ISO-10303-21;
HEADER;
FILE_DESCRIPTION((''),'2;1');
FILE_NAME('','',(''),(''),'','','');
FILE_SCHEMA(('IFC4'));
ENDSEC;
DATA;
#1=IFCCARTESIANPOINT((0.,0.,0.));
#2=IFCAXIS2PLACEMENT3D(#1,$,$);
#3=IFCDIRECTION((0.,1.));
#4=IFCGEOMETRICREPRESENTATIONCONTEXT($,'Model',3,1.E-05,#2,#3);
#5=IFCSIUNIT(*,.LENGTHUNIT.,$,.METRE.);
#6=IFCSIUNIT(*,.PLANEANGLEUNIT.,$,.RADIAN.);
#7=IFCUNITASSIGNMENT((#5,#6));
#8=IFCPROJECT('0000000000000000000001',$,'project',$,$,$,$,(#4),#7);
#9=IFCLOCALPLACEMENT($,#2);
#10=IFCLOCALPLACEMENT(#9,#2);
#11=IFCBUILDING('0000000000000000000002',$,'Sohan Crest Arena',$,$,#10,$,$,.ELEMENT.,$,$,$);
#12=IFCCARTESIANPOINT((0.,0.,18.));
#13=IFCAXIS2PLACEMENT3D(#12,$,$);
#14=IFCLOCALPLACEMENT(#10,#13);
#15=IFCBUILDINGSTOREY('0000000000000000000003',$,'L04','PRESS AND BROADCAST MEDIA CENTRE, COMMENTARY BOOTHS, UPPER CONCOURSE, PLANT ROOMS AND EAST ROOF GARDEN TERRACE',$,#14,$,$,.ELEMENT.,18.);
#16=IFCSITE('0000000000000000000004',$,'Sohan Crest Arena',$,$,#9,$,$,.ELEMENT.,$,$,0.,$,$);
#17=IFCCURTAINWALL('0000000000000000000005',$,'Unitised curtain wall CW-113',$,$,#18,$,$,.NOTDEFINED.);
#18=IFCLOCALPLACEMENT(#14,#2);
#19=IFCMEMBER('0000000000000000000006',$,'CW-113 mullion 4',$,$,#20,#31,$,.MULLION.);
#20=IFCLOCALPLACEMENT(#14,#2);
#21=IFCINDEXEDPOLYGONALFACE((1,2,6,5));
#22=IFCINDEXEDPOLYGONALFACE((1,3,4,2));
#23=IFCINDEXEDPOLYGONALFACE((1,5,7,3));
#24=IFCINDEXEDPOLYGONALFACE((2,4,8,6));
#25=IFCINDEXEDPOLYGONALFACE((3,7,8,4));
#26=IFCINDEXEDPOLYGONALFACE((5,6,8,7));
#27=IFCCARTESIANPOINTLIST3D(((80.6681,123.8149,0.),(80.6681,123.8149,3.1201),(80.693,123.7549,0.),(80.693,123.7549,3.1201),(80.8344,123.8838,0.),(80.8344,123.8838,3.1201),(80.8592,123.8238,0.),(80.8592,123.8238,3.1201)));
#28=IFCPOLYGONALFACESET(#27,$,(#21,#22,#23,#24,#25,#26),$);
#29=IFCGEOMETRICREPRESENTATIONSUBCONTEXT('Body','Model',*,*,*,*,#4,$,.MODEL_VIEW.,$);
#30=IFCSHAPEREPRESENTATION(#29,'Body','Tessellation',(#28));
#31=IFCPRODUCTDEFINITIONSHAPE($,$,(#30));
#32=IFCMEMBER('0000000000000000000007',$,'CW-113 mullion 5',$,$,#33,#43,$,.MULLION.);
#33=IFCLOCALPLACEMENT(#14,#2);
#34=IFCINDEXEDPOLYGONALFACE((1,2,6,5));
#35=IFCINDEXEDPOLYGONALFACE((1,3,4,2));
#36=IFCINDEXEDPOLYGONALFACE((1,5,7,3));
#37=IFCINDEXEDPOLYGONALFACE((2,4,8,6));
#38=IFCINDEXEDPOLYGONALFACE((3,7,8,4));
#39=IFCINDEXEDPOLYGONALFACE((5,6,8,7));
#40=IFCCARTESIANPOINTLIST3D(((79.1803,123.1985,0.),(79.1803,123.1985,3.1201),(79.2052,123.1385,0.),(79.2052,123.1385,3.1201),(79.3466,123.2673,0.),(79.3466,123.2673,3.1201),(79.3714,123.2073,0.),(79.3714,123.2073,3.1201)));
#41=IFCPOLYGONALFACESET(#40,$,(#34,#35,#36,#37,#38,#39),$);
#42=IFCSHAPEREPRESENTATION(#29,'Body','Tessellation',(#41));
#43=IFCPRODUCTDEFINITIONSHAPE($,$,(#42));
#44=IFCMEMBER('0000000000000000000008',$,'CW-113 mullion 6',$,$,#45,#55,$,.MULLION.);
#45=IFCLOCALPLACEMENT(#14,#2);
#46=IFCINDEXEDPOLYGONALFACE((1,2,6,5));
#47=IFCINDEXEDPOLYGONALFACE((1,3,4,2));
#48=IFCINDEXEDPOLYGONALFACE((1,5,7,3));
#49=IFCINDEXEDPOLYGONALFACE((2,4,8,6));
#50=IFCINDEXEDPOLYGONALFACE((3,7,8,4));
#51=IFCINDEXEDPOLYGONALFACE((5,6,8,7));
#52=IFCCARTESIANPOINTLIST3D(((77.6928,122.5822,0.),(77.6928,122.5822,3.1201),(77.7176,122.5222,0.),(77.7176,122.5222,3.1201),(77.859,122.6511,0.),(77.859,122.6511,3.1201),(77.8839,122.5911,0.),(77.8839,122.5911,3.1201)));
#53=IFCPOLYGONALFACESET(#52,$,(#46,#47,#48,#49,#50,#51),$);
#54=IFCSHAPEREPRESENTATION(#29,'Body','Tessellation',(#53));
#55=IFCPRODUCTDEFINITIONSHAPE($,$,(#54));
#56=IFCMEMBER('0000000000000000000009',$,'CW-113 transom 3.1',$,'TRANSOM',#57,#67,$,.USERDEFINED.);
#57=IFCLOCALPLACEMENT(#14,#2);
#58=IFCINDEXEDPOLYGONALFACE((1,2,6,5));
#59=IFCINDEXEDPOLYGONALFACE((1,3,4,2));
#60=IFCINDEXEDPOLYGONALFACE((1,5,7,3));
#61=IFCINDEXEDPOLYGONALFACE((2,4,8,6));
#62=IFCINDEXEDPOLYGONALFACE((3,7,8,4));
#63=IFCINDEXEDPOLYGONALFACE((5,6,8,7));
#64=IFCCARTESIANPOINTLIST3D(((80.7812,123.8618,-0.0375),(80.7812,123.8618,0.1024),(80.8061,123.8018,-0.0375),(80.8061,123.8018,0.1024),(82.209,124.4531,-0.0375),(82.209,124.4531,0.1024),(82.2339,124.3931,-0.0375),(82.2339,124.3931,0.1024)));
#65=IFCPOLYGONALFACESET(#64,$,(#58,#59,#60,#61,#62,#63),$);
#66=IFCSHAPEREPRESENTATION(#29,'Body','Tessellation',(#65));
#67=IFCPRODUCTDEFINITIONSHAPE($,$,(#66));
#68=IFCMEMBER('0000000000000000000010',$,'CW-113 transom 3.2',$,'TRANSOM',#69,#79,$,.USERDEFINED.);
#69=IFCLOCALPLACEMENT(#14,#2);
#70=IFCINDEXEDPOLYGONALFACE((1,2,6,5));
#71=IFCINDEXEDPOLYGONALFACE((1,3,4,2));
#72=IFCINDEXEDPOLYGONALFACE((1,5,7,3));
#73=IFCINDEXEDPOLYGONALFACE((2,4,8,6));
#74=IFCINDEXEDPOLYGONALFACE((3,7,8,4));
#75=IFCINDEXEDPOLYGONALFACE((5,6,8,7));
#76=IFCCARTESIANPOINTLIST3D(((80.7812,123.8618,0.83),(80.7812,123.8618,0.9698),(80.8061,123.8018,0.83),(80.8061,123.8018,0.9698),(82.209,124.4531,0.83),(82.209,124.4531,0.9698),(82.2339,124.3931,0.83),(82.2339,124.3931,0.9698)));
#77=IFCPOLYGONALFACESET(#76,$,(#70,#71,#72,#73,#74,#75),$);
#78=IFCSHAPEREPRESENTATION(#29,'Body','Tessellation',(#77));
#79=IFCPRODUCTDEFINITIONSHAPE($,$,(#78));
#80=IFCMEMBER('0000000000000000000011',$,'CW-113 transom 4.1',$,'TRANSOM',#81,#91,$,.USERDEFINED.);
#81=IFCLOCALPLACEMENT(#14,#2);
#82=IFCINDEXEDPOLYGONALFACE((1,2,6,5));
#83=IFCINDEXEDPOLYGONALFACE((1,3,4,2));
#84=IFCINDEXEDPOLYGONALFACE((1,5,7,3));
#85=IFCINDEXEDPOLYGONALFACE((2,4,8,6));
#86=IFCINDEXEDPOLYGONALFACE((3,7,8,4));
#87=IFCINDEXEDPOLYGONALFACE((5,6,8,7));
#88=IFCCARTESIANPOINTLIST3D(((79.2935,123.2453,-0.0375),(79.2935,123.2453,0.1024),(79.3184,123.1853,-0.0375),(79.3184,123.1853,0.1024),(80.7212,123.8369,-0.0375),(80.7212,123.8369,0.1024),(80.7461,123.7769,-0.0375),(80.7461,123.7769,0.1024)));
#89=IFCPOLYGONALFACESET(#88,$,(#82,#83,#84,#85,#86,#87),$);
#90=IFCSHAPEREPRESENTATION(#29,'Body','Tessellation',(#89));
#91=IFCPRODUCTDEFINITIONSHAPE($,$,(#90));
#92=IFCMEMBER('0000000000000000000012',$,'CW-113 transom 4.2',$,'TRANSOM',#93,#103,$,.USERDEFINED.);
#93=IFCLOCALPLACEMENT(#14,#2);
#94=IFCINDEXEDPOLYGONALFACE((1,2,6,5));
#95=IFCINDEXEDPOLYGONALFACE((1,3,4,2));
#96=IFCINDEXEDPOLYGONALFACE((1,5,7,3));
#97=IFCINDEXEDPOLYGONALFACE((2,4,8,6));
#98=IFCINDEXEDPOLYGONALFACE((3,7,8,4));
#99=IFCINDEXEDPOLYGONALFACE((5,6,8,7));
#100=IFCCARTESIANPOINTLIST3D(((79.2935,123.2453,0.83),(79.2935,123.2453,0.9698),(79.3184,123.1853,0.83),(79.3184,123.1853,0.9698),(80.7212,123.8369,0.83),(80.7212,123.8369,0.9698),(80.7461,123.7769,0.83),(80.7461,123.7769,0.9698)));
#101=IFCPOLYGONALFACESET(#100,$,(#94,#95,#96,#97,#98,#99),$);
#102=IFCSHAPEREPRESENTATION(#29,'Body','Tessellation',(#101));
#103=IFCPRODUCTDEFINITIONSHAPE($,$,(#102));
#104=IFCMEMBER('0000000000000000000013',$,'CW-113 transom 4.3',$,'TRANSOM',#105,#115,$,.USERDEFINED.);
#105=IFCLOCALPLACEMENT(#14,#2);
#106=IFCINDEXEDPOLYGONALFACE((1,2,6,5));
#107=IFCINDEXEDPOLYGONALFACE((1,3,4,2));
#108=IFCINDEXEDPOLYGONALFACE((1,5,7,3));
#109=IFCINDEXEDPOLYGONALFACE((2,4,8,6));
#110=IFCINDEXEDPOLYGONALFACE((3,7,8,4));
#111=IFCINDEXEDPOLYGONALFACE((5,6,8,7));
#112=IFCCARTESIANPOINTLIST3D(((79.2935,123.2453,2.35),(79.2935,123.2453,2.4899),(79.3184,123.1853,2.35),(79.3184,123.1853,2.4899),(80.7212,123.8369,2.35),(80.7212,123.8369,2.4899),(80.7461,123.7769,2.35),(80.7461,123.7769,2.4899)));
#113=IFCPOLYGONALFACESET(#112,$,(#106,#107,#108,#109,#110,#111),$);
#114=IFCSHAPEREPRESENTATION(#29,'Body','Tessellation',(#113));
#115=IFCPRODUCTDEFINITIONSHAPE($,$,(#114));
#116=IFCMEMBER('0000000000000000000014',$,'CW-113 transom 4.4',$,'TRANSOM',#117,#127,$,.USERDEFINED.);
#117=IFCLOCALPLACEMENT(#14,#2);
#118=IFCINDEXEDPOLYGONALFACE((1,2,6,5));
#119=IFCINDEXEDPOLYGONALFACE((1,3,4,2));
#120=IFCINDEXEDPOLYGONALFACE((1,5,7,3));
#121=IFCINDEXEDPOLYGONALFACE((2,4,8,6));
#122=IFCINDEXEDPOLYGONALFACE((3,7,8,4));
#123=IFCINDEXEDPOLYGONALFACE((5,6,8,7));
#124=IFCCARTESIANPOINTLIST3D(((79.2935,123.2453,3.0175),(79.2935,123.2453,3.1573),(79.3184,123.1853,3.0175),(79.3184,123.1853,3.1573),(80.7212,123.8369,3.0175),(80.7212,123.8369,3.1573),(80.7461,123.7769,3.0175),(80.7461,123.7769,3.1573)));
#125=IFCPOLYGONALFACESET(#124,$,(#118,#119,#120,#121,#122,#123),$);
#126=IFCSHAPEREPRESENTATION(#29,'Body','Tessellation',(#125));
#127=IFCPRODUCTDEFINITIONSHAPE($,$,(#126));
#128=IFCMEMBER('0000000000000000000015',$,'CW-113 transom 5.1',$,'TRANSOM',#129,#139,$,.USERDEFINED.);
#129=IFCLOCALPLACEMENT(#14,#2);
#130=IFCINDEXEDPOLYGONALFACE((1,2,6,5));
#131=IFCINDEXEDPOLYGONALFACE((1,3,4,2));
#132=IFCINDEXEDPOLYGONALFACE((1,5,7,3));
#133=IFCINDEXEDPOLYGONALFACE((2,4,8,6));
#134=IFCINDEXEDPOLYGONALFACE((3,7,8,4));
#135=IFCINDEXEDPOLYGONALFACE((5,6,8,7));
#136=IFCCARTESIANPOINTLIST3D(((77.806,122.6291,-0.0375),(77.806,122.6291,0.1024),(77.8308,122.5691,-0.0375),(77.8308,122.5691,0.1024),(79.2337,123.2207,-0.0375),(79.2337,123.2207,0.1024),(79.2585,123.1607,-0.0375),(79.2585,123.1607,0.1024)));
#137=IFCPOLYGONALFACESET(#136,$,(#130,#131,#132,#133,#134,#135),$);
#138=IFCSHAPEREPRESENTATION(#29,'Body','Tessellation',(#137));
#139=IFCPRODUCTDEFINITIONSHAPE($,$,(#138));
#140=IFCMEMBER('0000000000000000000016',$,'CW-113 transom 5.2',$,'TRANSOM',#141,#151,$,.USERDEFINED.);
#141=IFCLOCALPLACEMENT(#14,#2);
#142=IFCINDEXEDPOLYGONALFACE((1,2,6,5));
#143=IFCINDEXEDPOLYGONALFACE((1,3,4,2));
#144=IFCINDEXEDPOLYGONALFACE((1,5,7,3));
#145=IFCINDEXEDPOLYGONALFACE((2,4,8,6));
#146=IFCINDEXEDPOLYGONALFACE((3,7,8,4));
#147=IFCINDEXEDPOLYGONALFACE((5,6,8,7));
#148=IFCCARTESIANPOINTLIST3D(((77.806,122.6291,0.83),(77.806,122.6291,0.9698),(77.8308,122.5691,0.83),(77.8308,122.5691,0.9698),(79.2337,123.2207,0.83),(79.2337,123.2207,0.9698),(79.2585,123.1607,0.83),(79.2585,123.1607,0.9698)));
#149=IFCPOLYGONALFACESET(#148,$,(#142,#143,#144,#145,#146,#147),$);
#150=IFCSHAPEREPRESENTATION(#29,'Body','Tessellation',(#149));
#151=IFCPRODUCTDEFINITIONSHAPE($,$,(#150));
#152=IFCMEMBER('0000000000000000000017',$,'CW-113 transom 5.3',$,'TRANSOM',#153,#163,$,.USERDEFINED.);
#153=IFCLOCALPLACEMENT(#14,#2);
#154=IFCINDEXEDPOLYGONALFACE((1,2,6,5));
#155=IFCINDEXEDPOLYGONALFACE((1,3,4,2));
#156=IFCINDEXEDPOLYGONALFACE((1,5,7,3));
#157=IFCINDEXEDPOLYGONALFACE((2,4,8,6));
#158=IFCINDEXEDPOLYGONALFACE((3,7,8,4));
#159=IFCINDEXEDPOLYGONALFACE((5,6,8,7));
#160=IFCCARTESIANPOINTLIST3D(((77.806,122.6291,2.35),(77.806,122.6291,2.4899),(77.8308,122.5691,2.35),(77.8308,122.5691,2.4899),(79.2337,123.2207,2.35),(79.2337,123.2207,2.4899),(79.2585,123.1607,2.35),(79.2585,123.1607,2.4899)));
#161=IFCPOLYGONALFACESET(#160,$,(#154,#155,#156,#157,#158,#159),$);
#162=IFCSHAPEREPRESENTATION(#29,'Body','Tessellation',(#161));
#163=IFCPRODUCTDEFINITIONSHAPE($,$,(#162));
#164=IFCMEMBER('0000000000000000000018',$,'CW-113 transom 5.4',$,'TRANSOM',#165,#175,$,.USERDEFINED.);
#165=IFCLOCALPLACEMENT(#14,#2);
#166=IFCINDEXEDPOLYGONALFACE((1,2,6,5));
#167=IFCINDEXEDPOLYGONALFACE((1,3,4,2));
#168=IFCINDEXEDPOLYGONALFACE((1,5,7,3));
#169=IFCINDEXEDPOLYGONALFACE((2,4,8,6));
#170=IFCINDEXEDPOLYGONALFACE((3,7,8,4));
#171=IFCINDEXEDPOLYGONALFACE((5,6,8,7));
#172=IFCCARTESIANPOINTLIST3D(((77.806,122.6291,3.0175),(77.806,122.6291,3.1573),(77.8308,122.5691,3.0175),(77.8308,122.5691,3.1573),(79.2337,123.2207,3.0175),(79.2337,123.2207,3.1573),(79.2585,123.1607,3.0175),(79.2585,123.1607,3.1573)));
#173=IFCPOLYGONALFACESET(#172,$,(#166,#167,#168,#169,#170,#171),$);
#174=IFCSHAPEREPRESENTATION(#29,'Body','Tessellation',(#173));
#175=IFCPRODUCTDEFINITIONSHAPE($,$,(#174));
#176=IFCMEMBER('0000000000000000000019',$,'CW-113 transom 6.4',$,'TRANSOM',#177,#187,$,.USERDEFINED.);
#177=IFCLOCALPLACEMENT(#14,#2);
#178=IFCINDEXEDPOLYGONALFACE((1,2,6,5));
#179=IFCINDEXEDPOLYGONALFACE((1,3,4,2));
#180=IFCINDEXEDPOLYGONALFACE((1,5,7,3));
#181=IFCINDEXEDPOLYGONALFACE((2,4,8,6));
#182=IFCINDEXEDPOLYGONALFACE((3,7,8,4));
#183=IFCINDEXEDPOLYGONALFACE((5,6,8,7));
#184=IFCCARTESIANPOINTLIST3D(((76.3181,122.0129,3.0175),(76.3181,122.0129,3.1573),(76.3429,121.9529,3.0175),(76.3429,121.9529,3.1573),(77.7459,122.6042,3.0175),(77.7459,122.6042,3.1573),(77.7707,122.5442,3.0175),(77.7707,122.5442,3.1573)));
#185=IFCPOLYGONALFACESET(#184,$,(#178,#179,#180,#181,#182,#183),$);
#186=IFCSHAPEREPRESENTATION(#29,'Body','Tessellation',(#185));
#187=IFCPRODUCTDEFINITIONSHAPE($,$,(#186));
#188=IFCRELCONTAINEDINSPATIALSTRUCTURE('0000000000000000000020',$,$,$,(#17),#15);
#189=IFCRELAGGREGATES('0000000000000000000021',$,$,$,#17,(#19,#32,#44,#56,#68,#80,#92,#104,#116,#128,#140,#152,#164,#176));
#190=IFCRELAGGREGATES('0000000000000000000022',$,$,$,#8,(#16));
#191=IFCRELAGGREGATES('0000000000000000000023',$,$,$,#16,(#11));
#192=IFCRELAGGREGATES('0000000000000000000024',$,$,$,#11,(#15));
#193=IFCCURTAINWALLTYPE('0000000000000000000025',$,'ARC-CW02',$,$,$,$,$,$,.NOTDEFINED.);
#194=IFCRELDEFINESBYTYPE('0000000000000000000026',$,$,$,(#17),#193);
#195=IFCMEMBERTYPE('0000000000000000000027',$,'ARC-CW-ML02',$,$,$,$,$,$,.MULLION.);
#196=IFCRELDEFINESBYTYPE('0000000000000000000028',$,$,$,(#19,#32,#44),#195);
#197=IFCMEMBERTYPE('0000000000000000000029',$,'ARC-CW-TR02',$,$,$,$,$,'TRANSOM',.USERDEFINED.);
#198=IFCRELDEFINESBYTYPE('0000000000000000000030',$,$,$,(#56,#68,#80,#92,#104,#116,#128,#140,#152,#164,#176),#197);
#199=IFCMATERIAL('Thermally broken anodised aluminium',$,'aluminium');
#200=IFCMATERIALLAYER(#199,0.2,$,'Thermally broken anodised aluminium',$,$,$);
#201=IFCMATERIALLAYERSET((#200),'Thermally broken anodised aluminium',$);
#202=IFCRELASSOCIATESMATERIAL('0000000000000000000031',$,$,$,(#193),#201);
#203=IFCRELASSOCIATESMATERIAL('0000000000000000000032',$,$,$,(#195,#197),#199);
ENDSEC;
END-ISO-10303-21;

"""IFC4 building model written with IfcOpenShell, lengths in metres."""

from ifc_helpers import new_model, si_unit, direction, frame, origin, origin_2d, place, context, subcontext, project, spatial, rectangle, extrude, material, layer, layer_set, material_profile, profile_set, type_object, element, aggregate, save


model = new_model("IFC4")

# Units and contexts
model_context = context("Model", 3, precision=1e-05, world=origin(), true_north=direction((0.0, 1.0)))
body_context = subcontext(model_context, "Body", "Model", "MODEL_VIEW")
ifc_project = project(units=[si_unit("LENGTHUNIT", "METRE"), si_unit("PLANEANGLEUNIT", "RADIAN")], contexts=[model_context])

# Site, building, storey
site_placement = place(None, origin())
site = spatial("IfcSite", under=ifc_project, at=site_placement, Name="Sohan Crest Arena", CompositionType="ELEMENT", RefElevation=0.0)
building_placement = place(site_placement, origin())
building = spatial("IfcBuilding", under=site, at=building_placement, Name="Sohan Crest Arena", CompositionType="ELEMENT")
storey_placement = place(building_placement, frame((0.0, 0.0, 18.0)))
storey = spatial("IfcBuildingStorey", under=building, at=storey_placement, Name="L04", Description="PRESS AND BROADCAST MEDIA CENTRE, COMMENTARY BOOTHS, UPPER CONCOURSE, PLANT ROOMS AND EAST ROOF GARDEN TERRACE", CompositionType="ELEMENT", Elevation=18.0)

# Curtain wall, members
ifc_material_1 = material(Name="Thermally broken anodised aluminium", Category="aluminium")
ifc_layer_1 = layer(ifc_material_1, 0.2, Name="Thermally broken anodised aluminium")
ifc_layer_set_1 = layer_set([ifc_layer_1], Name="Thermally broken anodised aluminium")
curtain_wall_type = type_object("IfcCurtainWallType", Name="ARC-CW02", PredefinedType="NOTDEFINED", material=ifc_layer_set_1)
curtain_wall_placement = place(storey_placement, origin())
curtain_wall = element("IfcCurtainWall", 1, at=curtain_wall_placement, inside=storey, type_object=curtain_wall_type, Name="Unitised curtain wall CW-113", PredefinedType="NOTDEFINED")
ifc_material_profile_1 = material_profile(ifc_material_1, rectangle(XDim=0.0649, YDim=0.1799, at=origin_2d()), Name="ALU-MULL 65x180")
ifc_profile_set_1 = profile_set([ifc_material_profile_1], Name="Thermally broken anodised aluminium")
member_type_1 = type_object("IfcMemberType", Name="ARC-CW-ML02", PredefinedType="MULLION", material=ifc_profile_set_1)
member_1_placement = place(storey_placement, frame((80.7637, 123.8193, 0.0), z_axis=(0.0, 0.0, 1.0), x_axis=(0.382685, -0.923879, 0.0)))
member_1 = element("IfcMember", 2, at=member_1_placement, type_object=member_type_1, Name="CW-113 mullion 4", PredefinedType="MULLION", context=body_context, shape_type="SweptSolid", body=[
    extrude(rectangle(XDim=0.0649, YDim=0.1799, at=origin_2d()), origin(), (0.0, 0.0, 1.0), 3.1201),
])
member_2_placement = place(storey_placement, frame((79.2759, 123.2029, 0.0), z_axis=(0.0, 0.0, 1.0), x_axis=(0.382685, -0.923879, 0.0)))
member_2 = element("IfcMember", 3, at=member_2_placement, type_object=member_type_1, Name="CW-113 mullion 5", PredefinedType="MULLION", context=body_context, shape_type="SweptSolid", body=[
    extrude(rectangle(XDim=0.0649, YDim=0.1799, at=origin_2d()), origin(), (0.0, 0.0, 1.0), 3.1201),
])
member_3_placement = place(storey_placement, frame((77.7883, 122.5867, 0.0), z_axis=(0.0, 0.0, 1.0), x_axis=(0.382685, -0.923879, 0.0)))
member_3 = element("IfcMember", 4, at=member_3_placement, type_object=member_type_1, Name="CW-113 mullion 6", PredefinedType="MULLION", context=body_context, shape_type="SweptSolid", body=[
    extrude(rectangle(XDim=0.0649, YDim=0.1799, at=origin_2d()), origin(), (0.0, 0.0, 1.0), 3.1201),
])
ifc_material_profile_2 = material_profile(ifc_material_1, rectangle(XDim=0.0649, YDim=0.1399, at=origin_2d()), Name="ALU-TRAN 65x140")
ifc_profile_set_2 = profile_set([ifc_material_profile_2], Name="Thermally broken anodised aluminium")
member_type_2 = type_object("IfcMemberType", Name="ARC-CW-TR02", ElementType="TRANSOM", PredefinedType="USERDEFINED", material=ifc_profile_set_2)
member_4_placement = place(storey_placement, frame((82.2214, 124.4231, 0.0325), z_axis=(-0.923897, -0.38264, 0.0), x_axis=(0.38264, -0.923897, 0.0)))
member_4 = element("IfcMember", 5, at=member_4_placement, type_object=member_type_2, Name="CW-113 transom 3.1", ObjectType="TRANSOM", PredefinedType="USERDEFINED", context=body_context, shape_type="SweptSolid", body=[
    extrude(rectangle(XDim=0.0649, YDim=0.1399, at=origin_2d()), origin(), (0.0, 0.0, 1.0), 1.5454),
])
member_5_placement = place(storey_placement, frame((82.2214, 124.4231, 0.8999), z_axis=(-0.923897, -0.38264, 0.0), x_axis=(0.38264, -0.923897, 0.0)))
member_5 = element("IfcMember", 6, at=member_5_placement, type_object=member_type_2, Name="CW-113 transom 3.2", ObjectType="TRANSOM", PredefinedType="USERDEFINED", context=body_context, shape_type="SweptSolid", body=[
    extrude(rectangle(XDim=0.0649, YDim=0.1399, at=origin_2d()), origin(), (0.0, 0.0, 1.0), 1.5454),
])
member_6_placement = place(storey_placement, frame((80.7336, 123.8069, 0.0325), z_axis=(-0.923842, -0.382775, 0.0), x_axis=(0.382775, -0.923842, 0.0)))
member_6 = element("IfcMember", 7, at=member_6_placement, type_object=member_type_2, Name="CW-113 transom 4.1", ObjectType="TRANSOM", PredefinedType="USERDEFINED", context=body_context, shape_type="SweptSolid", body=[
    extrude(rectangle(XDim=0.0649, YDim=0.1399, at=origin_2d()), origin(), (0.0, 0.0, 1.0), 1.5454),
])
member_7_placement = place(storey_placement, frame((80.7336, 123.8069, 0.8999), z_axis=(-0.923842, -0.382775, 0.0), x_axis=(0.382775, -0.923842, 0.0)))
member_7 = element("IfcMember", 8, at=member_7_placement, type_object=member_type_2, Name="CW-113 transom 4.2", ObjectType="TRANSOM", PredefinedType="USERDEFINED", context=body_context, shape_type="SweptSolid", body=[
    extrude(rectangle(XDim=0.0649, YDim=0.1399, at=origin_2d()), origin(), (0.0, 0.0, 1.0), 1.5454),
])
member_8_placement = place(storey_placement, frame((80.7336, 123.8069, 2.4199), z_axis=(-0.923842, -0.382775, 0.0), x_axis=(0.382775, -0.923842, 0.0)))
member_8 = element("IfcMember", 9, at=member_8_placement, type_object=member_type_2, Name="CW-113 transom 4.3", ObjectType="TRANSOM", PredefinedType="USERDEFINED", context=body_context, shape_type="SweptSolid", body=[
    extrude(rectangle(XDim=0.0649, YDim=0.1399, at=origin_2d()), origin(), (0.0, 0.0, 1.0), 1.5454),
])
member_9_placement = place(storey_placement, frame((80.7336, 123.8069, 3.0874), z_axis=(-0.923842, -0.382775, 0.0), x_axis=(0.382775, -0.923842, 0.0)))
member_9 = element("IfcMember", 10, at=member_9_placement, type_object=member_type_2, Name="CW-113 transom 4.4", ObjectType="TRANSOM", PredefinedType="USERDEFINED", context=body_context, shape_type="SweptSolid", body=[
    extrude(rectangle(XDim=0.0649, YDim=0.1399, at=origin_2d()), origin(), (0.0, 0.0, 1.0), 1.5454),
])
member_10_placement = place(storey_placement, frame((79.2461, 123.1907, 0.0325), z_axis=(-0.923842, -0.382775, 0.0), x_axis=(0.382775, -0.923842, 0.0)))
member_10 = element("IfcMember", 11, at=member_10_placement, type_object=member_type_2, Name="CW-113 transom 5.1", ObjectType="TRANSOM", PredefinedType="USERDEFINED", context=body_context, shape_type="SweptSolid", body=[
    extrude(rectangle(XDim=0.0649, YDim=0.1399, at=origin_2d()), origin(), (0.0, 0.0, 1.0), 1.5454),
])
member_11_placement = place(storey_placement, frame((79.2461, 123.1907, 0.8999), z_axis=(-0.923842, -0.382775, 0.0), x_axis=(0.382775, -0.923842, 0.0)))
member_11 = element("IfcMember", 12, at=member_11_placement, type_object=member_type_2, Name="CW-113 transom 5.2", ObjectType="TRANSOM", PredefinedType="USERDEFINED", context=body_context, shape_type="SweptSolid", body=[
    extrude(rectangle(XDim=0.0649, YDim=0.1399, at=origin_2d()), origin(), (0.0, 0.0, 1.0), 1.5454),
])
member_12_placement = place(storey_placement, frame((79.2461, 123.1907, 2.4199), z_axis=(-0.923842, -0.382775, 0.0), x_axis=(0.382775, -0.923842, 0.0)))
member_12 = element("IfcMember", 13, at=member_12_placement, type_object=member_type_2, Name="CW-113 transom 5.3", ObjectType="TRANSOM", PredefinedType="USERDEFINED", context=body_context, shape_type="SweptSolid", body=[
    extrude(rectangle(XDim=0.0649, YDim=0.1399, at=origin_2d()), origin(), (0.0, 0.0, 1.0), 1.5454),
])
member_13_placement = place(storey_placement, frame((79.2461, 123.1907, 3.0874), z_axis=(-0.923842, -0.382775, 0.0), x_axis=(0.382775, -0.923842, 0.0)))
member_13 = element("IfcMember", 14, at=member_13_placement, type_object=member_type_2, Name="CW-113 transom 5.4", ObjectType="TRANSOM", PredefinedType="USERDEFINED", context=body_context, shape_type="SweptSolid", body=[
    extrude(rectangle(XDim=0.0649, YDim=0.1399, at=origin_2d()), origin(), (0.0, 0.0, 1.0), 1.5454),
])
member_14_placement = place(storey_placement, frame((77.7583, 122.5742, 3.0874), z_axis=(-0.923897, -0.38264, 0.0), x_axis=(0.38264, -0.923897, 0.0)))
member_14 = element("IfcMember", 15, at=member_14_placement, type_object=member_type_2, Name="CW-113 transom 6.4", ObjectType="TRANSOM", PredefinedType="USERDEFINED", context=body_context, shape_type="SweptSolid", body=[
    extrude(rectangle(XDim=0.0649, YDim=0.1399, at=origin_2d()), origin(), (0.0, 0.0, 1.0), 1.5454),
])
aggregate(curtain_wall, [member_1, member_2, member_3, member_4, member_5, member_6, member_7, member_8, member_9, member_10, member_11, member_12, member_13, member_14])

save(model, "model.ifc")
